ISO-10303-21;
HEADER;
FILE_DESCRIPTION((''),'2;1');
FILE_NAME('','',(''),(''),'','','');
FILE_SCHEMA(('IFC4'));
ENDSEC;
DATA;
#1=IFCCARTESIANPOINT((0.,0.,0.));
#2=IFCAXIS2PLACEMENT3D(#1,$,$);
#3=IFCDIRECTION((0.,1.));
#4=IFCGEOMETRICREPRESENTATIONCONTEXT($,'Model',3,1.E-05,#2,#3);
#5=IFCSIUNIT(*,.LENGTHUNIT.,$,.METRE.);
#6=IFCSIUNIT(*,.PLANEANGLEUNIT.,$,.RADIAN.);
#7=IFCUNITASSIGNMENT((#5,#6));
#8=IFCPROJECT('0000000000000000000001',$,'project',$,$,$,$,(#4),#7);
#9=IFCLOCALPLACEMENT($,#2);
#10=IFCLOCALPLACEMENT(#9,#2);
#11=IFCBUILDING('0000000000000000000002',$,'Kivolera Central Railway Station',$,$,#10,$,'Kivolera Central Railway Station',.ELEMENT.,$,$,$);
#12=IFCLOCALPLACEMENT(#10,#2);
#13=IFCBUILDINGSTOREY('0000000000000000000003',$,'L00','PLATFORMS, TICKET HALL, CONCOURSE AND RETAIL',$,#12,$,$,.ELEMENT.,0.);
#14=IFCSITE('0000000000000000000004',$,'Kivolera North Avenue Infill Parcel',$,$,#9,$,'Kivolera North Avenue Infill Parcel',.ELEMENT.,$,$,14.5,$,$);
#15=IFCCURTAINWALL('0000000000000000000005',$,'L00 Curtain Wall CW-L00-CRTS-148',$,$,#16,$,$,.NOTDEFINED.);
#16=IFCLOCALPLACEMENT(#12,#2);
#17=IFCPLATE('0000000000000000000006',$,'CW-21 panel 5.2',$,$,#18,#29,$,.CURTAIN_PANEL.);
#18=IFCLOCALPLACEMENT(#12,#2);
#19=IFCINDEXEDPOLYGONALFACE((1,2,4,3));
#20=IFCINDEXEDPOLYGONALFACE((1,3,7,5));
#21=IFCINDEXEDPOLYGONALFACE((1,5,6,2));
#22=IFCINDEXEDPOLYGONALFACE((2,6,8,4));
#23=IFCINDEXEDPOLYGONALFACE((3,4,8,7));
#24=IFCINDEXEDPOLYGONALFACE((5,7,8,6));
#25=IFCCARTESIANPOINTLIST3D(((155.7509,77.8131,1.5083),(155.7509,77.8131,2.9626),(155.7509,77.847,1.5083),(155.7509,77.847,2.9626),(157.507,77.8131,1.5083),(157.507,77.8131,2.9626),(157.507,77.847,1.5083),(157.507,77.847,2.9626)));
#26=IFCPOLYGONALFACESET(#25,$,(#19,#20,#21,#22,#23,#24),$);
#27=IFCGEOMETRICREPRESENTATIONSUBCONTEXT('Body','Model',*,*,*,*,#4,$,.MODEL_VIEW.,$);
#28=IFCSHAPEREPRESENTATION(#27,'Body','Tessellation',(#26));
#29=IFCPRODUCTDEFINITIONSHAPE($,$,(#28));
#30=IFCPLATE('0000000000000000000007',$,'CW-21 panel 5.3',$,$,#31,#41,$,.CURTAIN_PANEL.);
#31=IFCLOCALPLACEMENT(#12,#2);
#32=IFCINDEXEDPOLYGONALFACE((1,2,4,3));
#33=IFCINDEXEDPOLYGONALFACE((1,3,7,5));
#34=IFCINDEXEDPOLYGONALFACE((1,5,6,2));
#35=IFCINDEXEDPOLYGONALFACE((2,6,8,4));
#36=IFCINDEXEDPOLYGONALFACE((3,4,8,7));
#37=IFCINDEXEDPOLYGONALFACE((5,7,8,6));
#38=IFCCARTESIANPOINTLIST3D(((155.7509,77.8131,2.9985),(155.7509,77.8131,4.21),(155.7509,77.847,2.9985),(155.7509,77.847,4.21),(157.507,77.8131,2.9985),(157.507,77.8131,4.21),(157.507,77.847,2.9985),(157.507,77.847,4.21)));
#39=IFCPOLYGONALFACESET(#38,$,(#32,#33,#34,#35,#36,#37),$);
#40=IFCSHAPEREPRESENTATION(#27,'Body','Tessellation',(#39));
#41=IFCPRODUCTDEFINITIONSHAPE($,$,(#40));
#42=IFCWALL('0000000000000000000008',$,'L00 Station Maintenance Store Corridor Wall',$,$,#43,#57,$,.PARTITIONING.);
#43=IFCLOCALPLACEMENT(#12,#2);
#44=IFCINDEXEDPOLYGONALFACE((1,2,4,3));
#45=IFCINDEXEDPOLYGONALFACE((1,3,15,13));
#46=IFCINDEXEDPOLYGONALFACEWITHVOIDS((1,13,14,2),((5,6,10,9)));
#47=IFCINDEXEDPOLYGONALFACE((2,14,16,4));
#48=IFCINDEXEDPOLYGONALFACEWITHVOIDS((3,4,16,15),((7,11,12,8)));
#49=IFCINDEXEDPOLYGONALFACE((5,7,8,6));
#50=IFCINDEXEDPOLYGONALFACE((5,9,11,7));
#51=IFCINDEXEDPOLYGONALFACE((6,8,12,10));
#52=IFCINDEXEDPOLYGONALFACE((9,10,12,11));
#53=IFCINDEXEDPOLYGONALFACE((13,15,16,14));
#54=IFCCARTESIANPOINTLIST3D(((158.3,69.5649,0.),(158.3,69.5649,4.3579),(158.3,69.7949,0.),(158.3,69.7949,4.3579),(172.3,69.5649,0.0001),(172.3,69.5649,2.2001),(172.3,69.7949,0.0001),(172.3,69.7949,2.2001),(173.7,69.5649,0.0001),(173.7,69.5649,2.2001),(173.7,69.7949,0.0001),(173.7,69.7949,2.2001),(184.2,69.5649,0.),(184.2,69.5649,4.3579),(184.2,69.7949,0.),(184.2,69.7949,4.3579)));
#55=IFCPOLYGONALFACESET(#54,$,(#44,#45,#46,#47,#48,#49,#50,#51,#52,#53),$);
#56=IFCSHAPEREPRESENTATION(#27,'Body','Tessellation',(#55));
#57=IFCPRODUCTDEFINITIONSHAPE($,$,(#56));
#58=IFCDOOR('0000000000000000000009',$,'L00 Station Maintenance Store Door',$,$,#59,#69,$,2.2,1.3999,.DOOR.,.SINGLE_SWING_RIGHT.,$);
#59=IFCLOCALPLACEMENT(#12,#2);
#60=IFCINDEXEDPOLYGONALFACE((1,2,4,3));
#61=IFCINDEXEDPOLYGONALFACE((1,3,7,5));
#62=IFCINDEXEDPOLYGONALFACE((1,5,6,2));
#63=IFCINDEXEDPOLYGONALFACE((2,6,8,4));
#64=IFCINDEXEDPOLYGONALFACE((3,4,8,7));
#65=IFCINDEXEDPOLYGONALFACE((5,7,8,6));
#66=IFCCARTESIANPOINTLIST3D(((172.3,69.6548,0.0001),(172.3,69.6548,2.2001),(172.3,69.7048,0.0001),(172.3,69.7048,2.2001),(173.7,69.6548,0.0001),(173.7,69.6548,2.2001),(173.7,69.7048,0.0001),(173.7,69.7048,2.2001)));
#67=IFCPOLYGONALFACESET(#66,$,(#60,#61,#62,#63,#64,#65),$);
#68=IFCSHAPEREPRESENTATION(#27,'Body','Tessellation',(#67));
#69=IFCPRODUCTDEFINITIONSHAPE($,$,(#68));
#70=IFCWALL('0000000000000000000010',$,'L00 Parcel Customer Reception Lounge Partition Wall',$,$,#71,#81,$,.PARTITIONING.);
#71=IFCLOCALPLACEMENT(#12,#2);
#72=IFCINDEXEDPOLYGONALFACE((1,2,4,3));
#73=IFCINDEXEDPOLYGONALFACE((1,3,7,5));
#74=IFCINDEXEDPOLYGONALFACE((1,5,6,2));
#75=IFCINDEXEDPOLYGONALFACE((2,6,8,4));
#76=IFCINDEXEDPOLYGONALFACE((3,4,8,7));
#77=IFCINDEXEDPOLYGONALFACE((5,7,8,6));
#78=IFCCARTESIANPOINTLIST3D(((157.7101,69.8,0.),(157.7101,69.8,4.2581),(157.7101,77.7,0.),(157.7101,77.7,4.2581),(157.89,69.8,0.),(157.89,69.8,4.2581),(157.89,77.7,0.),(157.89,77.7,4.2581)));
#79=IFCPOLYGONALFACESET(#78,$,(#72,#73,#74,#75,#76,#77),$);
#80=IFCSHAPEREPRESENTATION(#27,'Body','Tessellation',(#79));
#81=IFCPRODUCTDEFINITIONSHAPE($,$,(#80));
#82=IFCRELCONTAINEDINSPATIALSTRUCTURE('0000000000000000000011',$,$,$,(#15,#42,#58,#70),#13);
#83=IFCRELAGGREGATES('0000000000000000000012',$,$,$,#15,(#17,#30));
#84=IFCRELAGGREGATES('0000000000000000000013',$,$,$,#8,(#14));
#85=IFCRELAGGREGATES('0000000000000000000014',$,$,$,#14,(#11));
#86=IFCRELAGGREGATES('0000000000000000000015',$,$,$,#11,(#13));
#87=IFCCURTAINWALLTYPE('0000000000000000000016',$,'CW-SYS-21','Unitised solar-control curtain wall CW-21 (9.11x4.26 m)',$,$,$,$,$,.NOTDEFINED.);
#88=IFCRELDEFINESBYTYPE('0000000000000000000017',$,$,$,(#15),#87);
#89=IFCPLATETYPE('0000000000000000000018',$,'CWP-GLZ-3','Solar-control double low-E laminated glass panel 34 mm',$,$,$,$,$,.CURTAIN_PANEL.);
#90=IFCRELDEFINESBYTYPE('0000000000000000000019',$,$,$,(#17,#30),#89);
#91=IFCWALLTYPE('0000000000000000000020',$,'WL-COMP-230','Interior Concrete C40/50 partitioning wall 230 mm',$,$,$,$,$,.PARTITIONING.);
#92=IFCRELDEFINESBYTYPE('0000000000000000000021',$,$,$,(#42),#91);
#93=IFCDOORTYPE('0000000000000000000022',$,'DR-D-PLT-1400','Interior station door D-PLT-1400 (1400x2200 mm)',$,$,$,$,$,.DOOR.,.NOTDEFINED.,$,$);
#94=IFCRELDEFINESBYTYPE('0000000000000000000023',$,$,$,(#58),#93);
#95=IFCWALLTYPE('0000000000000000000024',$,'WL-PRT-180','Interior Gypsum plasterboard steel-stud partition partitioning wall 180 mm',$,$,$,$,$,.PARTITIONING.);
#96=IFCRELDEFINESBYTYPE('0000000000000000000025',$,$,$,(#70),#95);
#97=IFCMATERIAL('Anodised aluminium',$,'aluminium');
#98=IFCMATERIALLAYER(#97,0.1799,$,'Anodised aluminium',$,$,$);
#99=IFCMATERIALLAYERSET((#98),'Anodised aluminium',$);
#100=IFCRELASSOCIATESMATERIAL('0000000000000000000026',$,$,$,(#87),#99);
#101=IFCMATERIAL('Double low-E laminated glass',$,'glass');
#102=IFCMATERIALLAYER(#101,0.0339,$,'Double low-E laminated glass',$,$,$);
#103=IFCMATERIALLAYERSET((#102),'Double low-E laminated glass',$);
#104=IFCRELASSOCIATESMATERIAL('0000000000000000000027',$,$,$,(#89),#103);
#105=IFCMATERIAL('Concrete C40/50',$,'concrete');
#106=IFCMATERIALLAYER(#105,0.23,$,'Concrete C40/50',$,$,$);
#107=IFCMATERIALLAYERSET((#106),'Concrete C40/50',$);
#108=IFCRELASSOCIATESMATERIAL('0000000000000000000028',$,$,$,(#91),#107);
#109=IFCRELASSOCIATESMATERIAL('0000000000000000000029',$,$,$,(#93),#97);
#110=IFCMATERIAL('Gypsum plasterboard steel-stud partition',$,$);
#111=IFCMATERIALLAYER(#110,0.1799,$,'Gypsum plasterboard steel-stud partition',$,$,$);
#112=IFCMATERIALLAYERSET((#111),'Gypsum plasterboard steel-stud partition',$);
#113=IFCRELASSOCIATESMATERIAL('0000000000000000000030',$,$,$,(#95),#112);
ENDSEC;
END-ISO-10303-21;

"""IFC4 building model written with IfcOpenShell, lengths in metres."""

from ifc_helpers import new_model, si_unit, direction, frame, frame_2d, origin, origin_2d, place, context, subcontext, project, spatial, rectangle, extrude, material, layer, layer_set, type_object, element, fill, aggregate, save


model = new_model("IFC4")

# Units and contexts
model_context = context("Model", 3, precision=1e-05, world=origin(), true_north=direction((0.0, 1.0)))
body_context = subcontext(model_context, "Body", "Model", "MODEL_VIEW")
ifc_project = project(units=[si_unit("LENGTHUNIT", "METRE"), si_unit("PLANEANGLEUNIT", "RADIAN")], contexts=[model_context])

# Site, building, storey
site_placement = place(None, origin())
site = spatial("IfcSite", under=ifc_project, at=site_placement, Name="Kivolera North Avenue Infill Parcel", LongName="Kivolera North Avenue Infill Parcel", CompositionType="ELEMENT", RefElevation=14.5)
building_placement = place(site_placement, origin())
building = spatial("IfcBuilding", under=site, at=building_placement, Name="Kivolera Central Railway Station", LongName="Kivolera Central Railway Station", CompositionType="ELEMENT")
storey_placement = place(building_placement, origin())
storey = spatial("IfcBuildingStorey", under=building, at=storey_placement, Name="L00", Description="PLATFORMS, TICKET HALL, CONCOURSE AND RETAIL", CompositionType="ELEMENT", Elevation=0.0)

# Shared definitions
ifc_material_1 = material(Name="Concrete C40/50", Category="concrete")

# Curtain wall
ifc_material_2 = material(Name="Anodised aluminium", Category="aluminium")
ifc_layer_1 = layer(ifc_material_2, 0.1799, Name="Anodised aluminium")
ifc_layer_set_1 = layer_set([ifc_layer_1], Name="Anodised aluminium")
curtain_wall_type = type_object("IfcCurtainWallType", Name="CW-SYS-21", Description="Unitised solar-control curtain wall CW-21 (9.11x4.26 m)", PredefinedType="NOTDEFINED", material=ifc_layer_set_1)
curtain_wall_1_placement = place(storey_placement, origin())
curtain_wall_1 = element("IfcCurtainWall", 1, at=curtain_wall_1_placement, inside=storey, type_object=curtain_wall_type, Name="L00 Curtain Wall CW-L00-CRTS-148", PredefinedType="NOTDEFINED")

# Plates
ifc_material_3 = material(Name="Double low-E laminated glass", Category="glass")
ifc_layer_2 = layer(ifc_material_3, 0.0339, Name="Double low-E laminated glass")
ifc_layer_set_2 = layer_set([ifc_layer_2], Name="Double low-E laminated glass")
plate_type = type_object("IfcPlateType", Name="CWP-GLZ-3", Description="Solar-control double low-E laminated glass panel 34 mm", PredefinedType="CURTAIN_PANEL", material=ifc_layer_set_2)
plate_1_placement = place(storey_placement, frame((156.6289, 77.8301, 1.5083), z_axis=(0.0, 0.0, 1.0), x_axis=(1.0, 0.0, 0.0)))
plate_1 = element("IfcPlate", 2, at=plate_1_placement, type_object=plate_type, Name="CW-21 panel 5.2", PredefinedType="CURTAIN_PANEL", context=body_context, shape_type="SweptSolid", body=[
    extrude(rectangle(XDim=1.7561, YDim=0.0339, at=origin_2d()), origin(), (0.0, 0.0, 1.0), 1.4543),
])
plate_2_placement = place(storey_placement, frame((156.6289, 77.8301, 2.9985), z_axis=(0.0, 0.0, 1.0), x_axis=(1.0, 0.0, 0.0)))
plate_2 = element("IfcPlate", 3, at=plate_2_placement, type_object=plate_type, Name="CW-21 panel 5.3", PredefinedType="CURTAIN_PANEL", context=body_context, shape_type="SweptSolid", body=[
    extrude(rectangle(XDim=1.7561, YDim=0.0339, at=origin_2d()), origin(), (0.0, 0.0, 1.0), 1.2114),
])
aggregate(curtain_wall_1, [plate_1, plate_2])

# Wall, opening, door
ifc_layer_3 = layer(ifc_material_1, 0.23, Name="Concrete C40/50")
ifc_layer_set_3 = layer_set([ifc_layer_3], Name="Concrete C40/50")
wall_type_1 = type_object("IfcWallType", Name="WL-COMP-230", Description="Interior Concrete C40/50 partitioning wall 230 mm", PredefinedType="PARTITIONING", material=ifc_layer_set_3)
wall_1_placement = place(storey_placement, frame((158.3, 69.6799, 0.0), z_axis=(0.0, 0.0, 1.0), x_axis=(1.0, 0.0, 0.0)))
wall_1 = element("IfcWall", 4, at=wall_1_placement, inside=storey, type_object=wall_type_1, Name="L00 Station Maintenance Store Corridor Wall", PredefinedType="PARTITIONING", context=body_context, shape_type="SweptSolid", body=[
    extrude(rectangle(XDim=25.8999, YDim=0.23, at=frame_2d((12.95, 0.0))), origin(), (0.0, 0.0, 1.0), 4.3579),
])
opening_placement = place(wall_1_placement, frame((14.0, 0.0, 0.0)))
opening = element("IfcOpeningElement", 5, at=opening_placement, cuts=wall_1, PredefinedType="OPENING", context=body_context, shape_type="SweptSolid", body=[
    extrude(rectangle(XDim=1.3999, YDim=2.2, at=frame_2d((0.7, 1.1001))), frame((0.0, 0.125, 0.0), z_axis=(0.0, -1.0, 0.0), x_axis=(1.0, 0.0, 0.0)), (0.0, 0.0, 1.0), 0.25),
])
door_type = type_object("IfcDoorType", Name="DR-D-PLT-1400", Description="Interior station door D-PLT-1400 (1400x2200 mm)", OperationType="NOTDEFINED", PredefinedType="DOOR", material=ifc_material_2)
door_placement = place(opening_placement, origin())
door = element("IfcDoor", 6, at=door_placement, inside=storey, type_object=door_type, Name="L00 Station Maintenance Store Door", OperationType="SINGLE_SWING_RIGHT", OverallHeight=2.2, OverallWidth=1.3999, PredefinedType="DOOR", context=body_context, shape_type="SweptSolid", body=[
    extrude(rectangle(XDim=1.3999, YDim=2.2, at=frame_2d((0.7, 1.1001))), frame((0.0, 0.0249, 0.0), z_axis=(0.0, -1.0, 0.0), x_axis=(1.0, 0.0, 0.0)), (0.0, 0.0, 1.0), 0.05),
])
fill(opening, door)

# Wall
ifc_material_4 = material(Name="Gypsum plasterboard steel-stud partition")
ifc_layer_4 = layer(ifc_material_4, 0.1799, Name="Gypsum plasterboard steel-stud partition")
ifc_layer_set_4 = layer_set([ifc_layer_4], Name="Gypsum plasterboard steel-stud partition")
wall_type_2 = type_object("IfcWallType", Name="WL-PRT-180", Description="Interior Gypsum plasterboard steel-stud partition partitioning wall 180 mm", PredefinedType="PARTITIONING", material=ifc_layer_set_4)
wall_2_placement = place(storey_placement, frame((157.8, 69.8, 0.0), z_axis=(0.0, 0.0, 1.0), x_axis=(0.0, 1.0, 0.0)))
element("IfcWall", 7, at=wall_2_placement, inside=storey, type_object=wall_type_2, Name="L00 Parcel Customer Reception Lounge Partition Wall", PredefinedType="PARTITIONING", context=body_context, shape_type="SweptSolid", body=[
    extrude(rectangle(XDim=7.8999, YDim=0.1799, at=frame_2d((3.95, 0.0))), origin(), (0.0, 0.0, 1.0), 4.2581),
])

save(model, "model.ifc")
